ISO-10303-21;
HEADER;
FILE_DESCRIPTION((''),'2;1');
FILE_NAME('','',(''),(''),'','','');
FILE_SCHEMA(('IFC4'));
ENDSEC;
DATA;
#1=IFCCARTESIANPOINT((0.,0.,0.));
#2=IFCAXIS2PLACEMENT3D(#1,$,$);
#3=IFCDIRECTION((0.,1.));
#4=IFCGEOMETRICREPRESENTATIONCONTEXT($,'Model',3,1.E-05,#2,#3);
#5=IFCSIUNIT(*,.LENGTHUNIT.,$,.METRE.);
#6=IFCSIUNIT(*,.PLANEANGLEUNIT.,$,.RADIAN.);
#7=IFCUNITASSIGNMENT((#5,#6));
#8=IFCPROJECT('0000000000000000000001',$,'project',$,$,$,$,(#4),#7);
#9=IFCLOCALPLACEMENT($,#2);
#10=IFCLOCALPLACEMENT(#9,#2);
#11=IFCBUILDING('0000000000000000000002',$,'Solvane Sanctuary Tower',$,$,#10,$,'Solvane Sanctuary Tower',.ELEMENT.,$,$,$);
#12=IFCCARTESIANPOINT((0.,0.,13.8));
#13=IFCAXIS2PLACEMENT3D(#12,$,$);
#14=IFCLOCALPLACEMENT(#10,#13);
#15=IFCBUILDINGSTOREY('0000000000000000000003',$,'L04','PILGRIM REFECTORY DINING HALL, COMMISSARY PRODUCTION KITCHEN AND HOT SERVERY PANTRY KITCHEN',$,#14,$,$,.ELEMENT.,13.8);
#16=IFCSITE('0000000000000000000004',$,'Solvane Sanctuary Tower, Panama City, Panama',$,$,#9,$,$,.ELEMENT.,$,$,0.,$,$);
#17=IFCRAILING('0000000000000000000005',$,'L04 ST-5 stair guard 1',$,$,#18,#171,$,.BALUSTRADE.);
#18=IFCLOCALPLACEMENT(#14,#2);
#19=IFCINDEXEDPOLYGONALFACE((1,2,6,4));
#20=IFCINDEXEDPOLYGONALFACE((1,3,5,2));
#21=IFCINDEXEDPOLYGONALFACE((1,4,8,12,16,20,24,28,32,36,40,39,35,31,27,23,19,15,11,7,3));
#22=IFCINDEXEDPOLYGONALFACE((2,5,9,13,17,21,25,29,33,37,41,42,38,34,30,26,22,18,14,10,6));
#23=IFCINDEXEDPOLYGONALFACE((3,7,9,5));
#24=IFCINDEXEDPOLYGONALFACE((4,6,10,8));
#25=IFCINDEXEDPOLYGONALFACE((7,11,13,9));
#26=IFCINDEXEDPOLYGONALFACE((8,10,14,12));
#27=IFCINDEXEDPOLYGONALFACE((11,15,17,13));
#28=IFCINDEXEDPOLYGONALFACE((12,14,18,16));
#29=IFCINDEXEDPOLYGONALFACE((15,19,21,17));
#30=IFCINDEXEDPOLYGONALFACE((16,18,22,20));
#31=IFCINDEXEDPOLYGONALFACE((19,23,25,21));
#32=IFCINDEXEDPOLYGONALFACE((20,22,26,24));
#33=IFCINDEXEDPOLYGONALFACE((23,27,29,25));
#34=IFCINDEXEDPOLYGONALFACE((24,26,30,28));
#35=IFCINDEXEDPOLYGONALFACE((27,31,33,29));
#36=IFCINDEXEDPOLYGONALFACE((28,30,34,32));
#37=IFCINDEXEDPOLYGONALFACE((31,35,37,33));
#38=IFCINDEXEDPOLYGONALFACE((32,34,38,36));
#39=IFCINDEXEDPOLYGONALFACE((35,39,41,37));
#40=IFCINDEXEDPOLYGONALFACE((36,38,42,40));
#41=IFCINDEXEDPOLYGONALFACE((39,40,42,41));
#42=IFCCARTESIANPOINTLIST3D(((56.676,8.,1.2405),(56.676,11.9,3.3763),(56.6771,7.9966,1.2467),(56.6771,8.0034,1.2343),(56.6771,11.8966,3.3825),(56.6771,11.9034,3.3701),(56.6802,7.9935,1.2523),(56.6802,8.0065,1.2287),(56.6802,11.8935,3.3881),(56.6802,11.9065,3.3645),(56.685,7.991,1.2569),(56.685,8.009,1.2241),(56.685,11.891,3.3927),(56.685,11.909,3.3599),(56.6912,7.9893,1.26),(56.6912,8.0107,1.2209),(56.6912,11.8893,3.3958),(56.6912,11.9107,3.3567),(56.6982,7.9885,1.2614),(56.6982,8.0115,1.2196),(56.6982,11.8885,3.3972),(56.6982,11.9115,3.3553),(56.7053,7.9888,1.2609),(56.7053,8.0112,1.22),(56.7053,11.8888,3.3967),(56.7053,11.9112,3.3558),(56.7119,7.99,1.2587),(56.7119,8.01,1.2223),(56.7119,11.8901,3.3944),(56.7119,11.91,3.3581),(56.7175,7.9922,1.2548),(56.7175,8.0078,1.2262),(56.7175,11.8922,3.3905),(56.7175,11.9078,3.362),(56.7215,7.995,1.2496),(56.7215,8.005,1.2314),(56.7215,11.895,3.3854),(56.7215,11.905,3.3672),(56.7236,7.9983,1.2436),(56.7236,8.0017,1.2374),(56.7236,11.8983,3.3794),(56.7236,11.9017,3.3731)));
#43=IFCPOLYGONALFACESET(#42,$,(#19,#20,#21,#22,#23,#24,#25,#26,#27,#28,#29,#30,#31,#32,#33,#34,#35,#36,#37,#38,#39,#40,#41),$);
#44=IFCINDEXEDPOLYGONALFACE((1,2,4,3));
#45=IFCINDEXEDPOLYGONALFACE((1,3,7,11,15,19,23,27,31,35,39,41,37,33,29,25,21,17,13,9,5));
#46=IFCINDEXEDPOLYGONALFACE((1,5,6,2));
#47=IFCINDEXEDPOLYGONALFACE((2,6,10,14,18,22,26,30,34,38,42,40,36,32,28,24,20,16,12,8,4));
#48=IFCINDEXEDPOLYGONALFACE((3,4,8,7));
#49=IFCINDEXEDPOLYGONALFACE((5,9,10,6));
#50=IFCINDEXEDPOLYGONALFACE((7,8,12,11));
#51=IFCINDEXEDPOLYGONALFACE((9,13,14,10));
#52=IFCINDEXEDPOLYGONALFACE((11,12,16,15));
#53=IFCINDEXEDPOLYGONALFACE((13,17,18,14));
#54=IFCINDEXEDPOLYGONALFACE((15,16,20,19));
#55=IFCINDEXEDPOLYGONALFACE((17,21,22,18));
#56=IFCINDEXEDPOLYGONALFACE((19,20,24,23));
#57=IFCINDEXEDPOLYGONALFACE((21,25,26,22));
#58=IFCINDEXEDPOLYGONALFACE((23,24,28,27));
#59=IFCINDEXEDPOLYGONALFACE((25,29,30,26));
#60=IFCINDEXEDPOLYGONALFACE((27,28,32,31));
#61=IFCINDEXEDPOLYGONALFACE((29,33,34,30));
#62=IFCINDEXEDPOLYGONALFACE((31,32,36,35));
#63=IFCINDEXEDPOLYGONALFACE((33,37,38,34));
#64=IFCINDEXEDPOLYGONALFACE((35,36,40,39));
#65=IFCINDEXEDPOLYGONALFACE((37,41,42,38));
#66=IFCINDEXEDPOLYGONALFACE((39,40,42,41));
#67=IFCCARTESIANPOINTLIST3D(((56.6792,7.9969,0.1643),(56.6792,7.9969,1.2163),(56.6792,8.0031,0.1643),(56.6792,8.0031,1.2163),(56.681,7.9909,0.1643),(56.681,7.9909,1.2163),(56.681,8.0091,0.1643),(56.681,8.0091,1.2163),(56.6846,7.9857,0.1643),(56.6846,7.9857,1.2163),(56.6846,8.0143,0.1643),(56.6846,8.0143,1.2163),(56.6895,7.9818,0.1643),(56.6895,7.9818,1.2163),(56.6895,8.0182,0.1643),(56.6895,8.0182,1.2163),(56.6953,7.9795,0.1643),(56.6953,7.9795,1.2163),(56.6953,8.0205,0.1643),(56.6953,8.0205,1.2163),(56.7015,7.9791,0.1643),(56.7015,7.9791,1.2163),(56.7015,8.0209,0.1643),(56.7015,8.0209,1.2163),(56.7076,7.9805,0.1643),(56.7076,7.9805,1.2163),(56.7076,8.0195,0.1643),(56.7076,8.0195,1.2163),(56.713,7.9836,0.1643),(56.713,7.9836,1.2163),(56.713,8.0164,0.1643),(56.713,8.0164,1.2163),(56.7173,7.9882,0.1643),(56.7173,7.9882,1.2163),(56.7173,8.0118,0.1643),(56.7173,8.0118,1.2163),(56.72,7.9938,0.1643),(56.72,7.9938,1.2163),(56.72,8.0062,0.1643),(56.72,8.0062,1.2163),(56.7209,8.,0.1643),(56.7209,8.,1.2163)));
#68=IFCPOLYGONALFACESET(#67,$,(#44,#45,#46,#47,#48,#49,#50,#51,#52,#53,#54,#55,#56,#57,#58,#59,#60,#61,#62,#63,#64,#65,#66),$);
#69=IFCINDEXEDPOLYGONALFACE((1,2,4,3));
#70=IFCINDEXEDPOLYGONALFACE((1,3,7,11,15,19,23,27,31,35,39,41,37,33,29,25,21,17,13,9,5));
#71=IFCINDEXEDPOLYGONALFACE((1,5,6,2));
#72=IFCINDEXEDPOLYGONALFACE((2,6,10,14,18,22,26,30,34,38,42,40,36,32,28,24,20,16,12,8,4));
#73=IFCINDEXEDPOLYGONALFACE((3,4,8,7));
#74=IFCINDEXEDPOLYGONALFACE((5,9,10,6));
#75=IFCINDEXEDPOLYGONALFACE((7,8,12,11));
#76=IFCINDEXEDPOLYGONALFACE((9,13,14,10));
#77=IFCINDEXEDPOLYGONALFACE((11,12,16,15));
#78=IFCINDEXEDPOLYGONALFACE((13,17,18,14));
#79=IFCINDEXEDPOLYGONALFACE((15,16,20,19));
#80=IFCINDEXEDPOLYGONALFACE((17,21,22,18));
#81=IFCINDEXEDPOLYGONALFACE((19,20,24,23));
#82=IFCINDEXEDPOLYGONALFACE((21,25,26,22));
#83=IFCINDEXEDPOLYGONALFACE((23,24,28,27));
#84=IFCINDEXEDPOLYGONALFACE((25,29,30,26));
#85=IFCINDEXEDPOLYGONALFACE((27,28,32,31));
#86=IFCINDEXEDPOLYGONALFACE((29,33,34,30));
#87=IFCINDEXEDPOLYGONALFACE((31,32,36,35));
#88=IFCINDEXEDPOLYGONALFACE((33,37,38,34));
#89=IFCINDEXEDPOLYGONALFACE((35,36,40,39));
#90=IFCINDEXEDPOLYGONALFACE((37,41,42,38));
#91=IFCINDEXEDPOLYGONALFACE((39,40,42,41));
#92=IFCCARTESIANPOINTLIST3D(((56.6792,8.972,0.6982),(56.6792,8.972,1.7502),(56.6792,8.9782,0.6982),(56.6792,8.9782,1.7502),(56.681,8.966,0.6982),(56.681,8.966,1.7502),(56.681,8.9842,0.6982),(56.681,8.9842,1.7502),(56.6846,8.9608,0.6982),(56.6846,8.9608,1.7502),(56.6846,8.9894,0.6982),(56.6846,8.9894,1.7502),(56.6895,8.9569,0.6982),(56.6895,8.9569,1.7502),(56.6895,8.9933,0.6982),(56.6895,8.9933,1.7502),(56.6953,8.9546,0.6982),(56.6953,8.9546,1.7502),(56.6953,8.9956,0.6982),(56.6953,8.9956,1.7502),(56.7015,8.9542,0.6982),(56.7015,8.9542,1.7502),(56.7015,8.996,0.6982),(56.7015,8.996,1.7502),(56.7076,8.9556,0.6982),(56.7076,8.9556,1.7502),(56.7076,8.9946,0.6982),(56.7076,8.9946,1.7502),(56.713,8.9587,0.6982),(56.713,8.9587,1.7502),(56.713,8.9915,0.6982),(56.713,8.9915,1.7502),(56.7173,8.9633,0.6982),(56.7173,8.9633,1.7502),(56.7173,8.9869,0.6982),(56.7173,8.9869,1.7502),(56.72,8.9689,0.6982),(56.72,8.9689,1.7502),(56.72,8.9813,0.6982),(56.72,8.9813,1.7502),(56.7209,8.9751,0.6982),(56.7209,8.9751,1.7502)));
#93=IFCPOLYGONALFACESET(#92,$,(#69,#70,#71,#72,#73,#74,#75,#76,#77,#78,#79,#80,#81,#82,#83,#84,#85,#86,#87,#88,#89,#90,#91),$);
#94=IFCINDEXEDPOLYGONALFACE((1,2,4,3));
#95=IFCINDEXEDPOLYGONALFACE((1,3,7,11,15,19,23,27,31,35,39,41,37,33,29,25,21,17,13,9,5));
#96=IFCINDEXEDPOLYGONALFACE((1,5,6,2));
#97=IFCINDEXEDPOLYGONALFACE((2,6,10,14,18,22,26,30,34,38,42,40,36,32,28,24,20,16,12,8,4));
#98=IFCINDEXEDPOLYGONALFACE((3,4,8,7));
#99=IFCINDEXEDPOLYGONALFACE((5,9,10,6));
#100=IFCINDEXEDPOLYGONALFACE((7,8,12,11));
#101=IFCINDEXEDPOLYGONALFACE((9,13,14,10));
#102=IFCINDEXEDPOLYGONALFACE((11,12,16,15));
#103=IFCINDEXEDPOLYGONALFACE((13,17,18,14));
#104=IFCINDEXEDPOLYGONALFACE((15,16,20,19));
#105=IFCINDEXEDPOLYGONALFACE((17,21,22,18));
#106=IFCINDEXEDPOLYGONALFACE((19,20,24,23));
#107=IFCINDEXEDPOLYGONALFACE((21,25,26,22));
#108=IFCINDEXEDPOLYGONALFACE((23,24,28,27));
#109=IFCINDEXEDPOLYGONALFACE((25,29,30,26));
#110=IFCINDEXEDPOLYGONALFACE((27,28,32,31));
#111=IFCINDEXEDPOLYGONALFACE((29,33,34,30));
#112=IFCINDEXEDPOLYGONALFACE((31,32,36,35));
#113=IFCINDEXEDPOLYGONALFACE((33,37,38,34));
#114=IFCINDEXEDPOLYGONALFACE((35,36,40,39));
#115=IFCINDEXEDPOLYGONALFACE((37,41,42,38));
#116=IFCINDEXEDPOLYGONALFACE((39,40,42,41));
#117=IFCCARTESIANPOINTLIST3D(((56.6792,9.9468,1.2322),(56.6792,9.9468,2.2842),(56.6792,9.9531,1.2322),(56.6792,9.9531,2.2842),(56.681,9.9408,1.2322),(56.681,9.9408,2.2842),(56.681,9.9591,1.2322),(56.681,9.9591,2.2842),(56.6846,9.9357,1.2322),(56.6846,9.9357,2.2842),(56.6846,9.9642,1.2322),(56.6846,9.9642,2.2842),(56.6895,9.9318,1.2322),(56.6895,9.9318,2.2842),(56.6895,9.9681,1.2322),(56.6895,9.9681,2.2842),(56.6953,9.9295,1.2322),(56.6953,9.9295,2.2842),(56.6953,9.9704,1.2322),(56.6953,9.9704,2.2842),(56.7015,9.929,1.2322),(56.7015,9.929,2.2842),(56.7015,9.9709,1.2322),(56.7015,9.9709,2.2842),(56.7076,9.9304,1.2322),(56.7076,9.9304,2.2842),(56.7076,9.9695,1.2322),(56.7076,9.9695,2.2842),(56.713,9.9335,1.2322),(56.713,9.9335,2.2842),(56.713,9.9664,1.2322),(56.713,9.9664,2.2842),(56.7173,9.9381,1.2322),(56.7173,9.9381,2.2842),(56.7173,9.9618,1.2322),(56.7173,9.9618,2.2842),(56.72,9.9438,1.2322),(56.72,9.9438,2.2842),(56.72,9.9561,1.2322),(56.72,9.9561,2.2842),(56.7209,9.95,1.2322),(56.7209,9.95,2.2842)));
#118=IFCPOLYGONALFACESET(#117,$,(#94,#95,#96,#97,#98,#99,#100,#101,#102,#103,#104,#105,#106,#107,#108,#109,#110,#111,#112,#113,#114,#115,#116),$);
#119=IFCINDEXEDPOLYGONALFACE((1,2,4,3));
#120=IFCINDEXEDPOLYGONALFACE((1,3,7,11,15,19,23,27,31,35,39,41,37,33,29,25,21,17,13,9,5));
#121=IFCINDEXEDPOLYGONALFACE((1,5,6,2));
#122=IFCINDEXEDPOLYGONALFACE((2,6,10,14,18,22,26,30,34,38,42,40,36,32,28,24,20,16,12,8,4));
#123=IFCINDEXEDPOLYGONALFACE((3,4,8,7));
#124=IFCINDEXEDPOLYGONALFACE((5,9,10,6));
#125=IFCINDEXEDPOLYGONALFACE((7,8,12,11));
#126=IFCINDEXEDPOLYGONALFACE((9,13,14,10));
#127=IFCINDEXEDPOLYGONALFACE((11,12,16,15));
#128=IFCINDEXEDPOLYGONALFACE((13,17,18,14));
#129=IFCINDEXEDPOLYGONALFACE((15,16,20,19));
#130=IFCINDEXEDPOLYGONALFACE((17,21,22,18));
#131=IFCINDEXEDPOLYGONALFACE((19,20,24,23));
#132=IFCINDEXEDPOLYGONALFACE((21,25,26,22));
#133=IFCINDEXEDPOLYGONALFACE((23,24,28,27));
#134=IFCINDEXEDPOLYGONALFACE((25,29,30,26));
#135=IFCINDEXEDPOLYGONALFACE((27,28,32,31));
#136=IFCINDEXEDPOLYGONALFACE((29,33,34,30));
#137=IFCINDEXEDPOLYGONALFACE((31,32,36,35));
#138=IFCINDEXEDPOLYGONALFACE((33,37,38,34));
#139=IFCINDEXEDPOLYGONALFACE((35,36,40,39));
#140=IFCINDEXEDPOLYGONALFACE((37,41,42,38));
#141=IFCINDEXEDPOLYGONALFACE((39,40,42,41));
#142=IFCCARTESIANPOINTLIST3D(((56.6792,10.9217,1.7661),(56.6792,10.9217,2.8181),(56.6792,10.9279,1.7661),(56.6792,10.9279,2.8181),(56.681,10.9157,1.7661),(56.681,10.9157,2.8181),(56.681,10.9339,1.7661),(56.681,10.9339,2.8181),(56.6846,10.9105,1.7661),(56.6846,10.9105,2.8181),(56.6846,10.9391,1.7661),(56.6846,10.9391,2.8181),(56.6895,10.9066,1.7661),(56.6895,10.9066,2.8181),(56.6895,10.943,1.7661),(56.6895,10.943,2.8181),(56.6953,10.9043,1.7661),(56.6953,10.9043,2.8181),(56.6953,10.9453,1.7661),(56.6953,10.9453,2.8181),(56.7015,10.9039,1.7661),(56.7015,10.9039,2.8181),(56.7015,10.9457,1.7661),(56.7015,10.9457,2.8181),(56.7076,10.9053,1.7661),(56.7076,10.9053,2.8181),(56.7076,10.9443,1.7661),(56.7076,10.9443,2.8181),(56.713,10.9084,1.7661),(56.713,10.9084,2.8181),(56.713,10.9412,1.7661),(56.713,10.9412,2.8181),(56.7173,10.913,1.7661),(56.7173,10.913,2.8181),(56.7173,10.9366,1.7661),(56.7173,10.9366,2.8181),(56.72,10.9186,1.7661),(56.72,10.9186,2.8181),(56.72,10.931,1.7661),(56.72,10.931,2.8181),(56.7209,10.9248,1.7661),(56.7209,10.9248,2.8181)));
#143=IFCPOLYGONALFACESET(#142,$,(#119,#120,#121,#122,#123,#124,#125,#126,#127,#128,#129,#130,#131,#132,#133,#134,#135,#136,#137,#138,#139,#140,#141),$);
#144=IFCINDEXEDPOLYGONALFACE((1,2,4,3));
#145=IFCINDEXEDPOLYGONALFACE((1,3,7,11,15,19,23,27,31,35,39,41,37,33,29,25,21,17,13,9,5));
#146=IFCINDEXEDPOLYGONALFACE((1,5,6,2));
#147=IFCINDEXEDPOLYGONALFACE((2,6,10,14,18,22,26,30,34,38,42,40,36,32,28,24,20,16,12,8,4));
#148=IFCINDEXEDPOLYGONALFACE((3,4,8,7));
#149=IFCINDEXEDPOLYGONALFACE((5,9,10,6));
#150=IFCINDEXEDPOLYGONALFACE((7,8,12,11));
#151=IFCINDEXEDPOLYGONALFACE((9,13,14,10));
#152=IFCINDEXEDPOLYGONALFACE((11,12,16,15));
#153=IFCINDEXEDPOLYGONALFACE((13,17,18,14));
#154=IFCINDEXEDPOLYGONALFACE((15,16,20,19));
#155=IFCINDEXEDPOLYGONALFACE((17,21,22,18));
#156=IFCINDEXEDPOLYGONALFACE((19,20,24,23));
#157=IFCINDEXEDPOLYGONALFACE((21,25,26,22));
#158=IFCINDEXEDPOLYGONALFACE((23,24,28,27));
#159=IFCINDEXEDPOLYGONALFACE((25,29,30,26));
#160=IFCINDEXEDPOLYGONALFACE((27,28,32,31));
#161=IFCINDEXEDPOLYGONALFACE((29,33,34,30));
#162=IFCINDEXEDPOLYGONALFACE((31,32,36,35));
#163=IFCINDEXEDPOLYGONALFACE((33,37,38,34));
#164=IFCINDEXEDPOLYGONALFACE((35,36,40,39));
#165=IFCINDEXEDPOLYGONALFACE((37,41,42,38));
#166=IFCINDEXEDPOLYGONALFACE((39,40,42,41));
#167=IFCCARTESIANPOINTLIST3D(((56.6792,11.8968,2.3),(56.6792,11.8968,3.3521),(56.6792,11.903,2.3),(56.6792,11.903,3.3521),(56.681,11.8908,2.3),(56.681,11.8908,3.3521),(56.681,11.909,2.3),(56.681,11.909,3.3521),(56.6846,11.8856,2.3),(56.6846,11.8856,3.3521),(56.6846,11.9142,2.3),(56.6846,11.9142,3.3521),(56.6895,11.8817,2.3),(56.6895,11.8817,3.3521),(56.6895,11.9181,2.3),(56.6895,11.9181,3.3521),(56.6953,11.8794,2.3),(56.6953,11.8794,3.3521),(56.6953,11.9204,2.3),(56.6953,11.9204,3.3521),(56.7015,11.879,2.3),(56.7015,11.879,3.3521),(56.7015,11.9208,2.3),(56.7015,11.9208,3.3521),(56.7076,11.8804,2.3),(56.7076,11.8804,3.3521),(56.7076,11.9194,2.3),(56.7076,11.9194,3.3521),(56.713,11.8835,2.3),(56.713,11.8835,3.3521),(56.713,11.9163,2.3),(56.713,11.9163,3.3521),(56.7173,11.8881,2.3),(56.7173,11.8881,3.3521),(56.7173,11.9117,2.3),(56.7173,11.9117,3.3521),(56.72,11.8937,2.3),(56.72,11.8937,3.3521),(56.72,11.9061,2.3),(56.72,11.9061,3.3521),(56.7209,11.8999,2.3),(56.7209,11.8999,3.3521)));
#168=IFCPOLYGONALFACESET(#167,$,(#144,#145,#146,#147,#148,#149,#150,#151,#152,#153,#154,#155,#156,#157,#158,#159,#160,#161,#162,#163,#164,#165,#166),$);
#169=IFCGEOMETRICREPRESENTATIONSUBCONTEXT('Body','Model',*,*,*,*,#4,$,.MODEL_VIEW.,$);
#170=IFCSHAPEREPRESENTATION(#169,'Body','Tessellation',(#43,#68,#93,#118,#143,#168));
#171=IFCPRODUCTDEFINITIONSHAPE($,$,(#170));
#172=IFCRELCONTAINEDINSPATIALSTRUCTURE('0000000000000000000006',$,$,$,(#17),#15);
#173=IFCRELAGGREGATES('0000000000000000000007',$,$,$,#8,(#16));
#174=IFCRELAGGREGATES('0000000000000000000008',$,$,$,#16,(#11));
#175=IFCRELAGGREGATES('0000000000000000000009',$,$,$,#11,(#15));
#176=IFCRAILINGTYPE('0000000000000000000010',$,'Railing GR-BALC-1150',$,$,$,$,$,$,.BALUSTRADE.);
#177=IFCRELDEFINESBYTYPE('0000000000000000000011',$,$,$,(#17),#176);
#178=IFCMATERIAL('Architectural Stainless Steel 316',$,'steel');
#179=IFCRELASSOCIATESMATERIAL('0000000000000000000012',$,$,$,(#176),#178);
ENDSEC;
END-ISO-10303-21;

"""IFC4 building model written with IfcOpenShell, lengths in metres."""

from ifc_helpers import new_model, si_unit, direction, frame, origin, origin_2d, place, context, subcontext, project, spatial, circle, extrude, material, type_object, element, save


model = new_model("IFC4")

# Units and contexts
model_context = context("Model", 3, precision=1e-05, world=origin(), true_north=direction((0.0, 1.0)))
body_context = subcontext(model_context, "Body", "Model", "MODEL_VIEW")
ifc_project = project(units=[si_unit("LENGTHUNIT", "METRE"), si_unit("PLANEANGLEUNIT", "RADIAN")], contexts=[model_context])

# Site, building, storey
site_placement = place(None, origin())
site = spatial("IfcSite", under=ifc_project, at=site_placement, Name="Solvane Sanctuary Tower, Panama City, Panama", CompositionType="ELEMENT", RefElevation=0.0)
building_placement = place(site_placement, origin())
building = spatial("IfcBuilding", under=site, at=building_placement, Name="Solvane Sanctuary Tower", LongName="Solvane Sanctuary Tower", CompositionType="ELEMENT")
storey_placement = place(building_placement, frame((0.0, 0.0, 13.8)))
storey = spatial("IfcBuildingStorey", under=building, at=storey_placement, Name="L04", Description="PILGRIM REFECTORY DINING HALL, COMMISSARY PRODUCTION KITCHEN AND HOT SERVERY PANTRY KITCHEN", CompositionType="ELEMENT", Elevation=13.8)

# Shared definitions
ifc_material_1 = material(Name="Architectural Stainless Steel 316", Category="steel")

# Railing
railing_type_1 = type_object("IfcRailingType", Name="Railing GR-BALC-1150", PredefinedType="BALUSTRADE", material=ifc_material_1)
railing_1_placement = place(storey_placement, frame((56.7, 8.0, 0.1643)))
element("IfcRailing", 1, at=railing_1_placement, inside=storey, type_object=railing_type_1, Name="L04 ST-5 stair guard 1", PredefinedType="BALUSTRADE", context=body_context, shape_type="SweptSolid", body=[
    extrude(circle(Radius=0.0239, at=origin_2d()), frame((0.0, 0.0, 1.0762), z_axis=(0.0, 0.877089, 0.480329), x_axis=(-1.0, 0.0, 0.0)), (0.0, 0.0, 1.0), 4.4465),
    extrude(circle(Radius=0.021, at=origin_2d()), origin(), (0.0, 0.0, 1.0), 1.052),
    extrude(circle(Radius=0.021, at=origin_2d()), frame((0.0, 0.9751, 0.5339)), (0.0, 0.0, 1.0), 1.052),
    extrude(circle(Radius=0.021, at=origin_2d()), frame((0.0, 1.95, 1.0679)), (0.0, 0.0, 1.0), 1.052),
    extrude(circle(Radius=0.021, at=origin_2d()), frame((0.0, 2.9248, 1.6018)), (0.0, 0.0, 1.0), 1.052),
    extrude(circle(Radius=0.021, at=origin_2d()), frame((0.0, 3.8999, 2.1357)), (0.0, 0.0, 1.0), 1.052),
])

save(model, "model.ifc")
